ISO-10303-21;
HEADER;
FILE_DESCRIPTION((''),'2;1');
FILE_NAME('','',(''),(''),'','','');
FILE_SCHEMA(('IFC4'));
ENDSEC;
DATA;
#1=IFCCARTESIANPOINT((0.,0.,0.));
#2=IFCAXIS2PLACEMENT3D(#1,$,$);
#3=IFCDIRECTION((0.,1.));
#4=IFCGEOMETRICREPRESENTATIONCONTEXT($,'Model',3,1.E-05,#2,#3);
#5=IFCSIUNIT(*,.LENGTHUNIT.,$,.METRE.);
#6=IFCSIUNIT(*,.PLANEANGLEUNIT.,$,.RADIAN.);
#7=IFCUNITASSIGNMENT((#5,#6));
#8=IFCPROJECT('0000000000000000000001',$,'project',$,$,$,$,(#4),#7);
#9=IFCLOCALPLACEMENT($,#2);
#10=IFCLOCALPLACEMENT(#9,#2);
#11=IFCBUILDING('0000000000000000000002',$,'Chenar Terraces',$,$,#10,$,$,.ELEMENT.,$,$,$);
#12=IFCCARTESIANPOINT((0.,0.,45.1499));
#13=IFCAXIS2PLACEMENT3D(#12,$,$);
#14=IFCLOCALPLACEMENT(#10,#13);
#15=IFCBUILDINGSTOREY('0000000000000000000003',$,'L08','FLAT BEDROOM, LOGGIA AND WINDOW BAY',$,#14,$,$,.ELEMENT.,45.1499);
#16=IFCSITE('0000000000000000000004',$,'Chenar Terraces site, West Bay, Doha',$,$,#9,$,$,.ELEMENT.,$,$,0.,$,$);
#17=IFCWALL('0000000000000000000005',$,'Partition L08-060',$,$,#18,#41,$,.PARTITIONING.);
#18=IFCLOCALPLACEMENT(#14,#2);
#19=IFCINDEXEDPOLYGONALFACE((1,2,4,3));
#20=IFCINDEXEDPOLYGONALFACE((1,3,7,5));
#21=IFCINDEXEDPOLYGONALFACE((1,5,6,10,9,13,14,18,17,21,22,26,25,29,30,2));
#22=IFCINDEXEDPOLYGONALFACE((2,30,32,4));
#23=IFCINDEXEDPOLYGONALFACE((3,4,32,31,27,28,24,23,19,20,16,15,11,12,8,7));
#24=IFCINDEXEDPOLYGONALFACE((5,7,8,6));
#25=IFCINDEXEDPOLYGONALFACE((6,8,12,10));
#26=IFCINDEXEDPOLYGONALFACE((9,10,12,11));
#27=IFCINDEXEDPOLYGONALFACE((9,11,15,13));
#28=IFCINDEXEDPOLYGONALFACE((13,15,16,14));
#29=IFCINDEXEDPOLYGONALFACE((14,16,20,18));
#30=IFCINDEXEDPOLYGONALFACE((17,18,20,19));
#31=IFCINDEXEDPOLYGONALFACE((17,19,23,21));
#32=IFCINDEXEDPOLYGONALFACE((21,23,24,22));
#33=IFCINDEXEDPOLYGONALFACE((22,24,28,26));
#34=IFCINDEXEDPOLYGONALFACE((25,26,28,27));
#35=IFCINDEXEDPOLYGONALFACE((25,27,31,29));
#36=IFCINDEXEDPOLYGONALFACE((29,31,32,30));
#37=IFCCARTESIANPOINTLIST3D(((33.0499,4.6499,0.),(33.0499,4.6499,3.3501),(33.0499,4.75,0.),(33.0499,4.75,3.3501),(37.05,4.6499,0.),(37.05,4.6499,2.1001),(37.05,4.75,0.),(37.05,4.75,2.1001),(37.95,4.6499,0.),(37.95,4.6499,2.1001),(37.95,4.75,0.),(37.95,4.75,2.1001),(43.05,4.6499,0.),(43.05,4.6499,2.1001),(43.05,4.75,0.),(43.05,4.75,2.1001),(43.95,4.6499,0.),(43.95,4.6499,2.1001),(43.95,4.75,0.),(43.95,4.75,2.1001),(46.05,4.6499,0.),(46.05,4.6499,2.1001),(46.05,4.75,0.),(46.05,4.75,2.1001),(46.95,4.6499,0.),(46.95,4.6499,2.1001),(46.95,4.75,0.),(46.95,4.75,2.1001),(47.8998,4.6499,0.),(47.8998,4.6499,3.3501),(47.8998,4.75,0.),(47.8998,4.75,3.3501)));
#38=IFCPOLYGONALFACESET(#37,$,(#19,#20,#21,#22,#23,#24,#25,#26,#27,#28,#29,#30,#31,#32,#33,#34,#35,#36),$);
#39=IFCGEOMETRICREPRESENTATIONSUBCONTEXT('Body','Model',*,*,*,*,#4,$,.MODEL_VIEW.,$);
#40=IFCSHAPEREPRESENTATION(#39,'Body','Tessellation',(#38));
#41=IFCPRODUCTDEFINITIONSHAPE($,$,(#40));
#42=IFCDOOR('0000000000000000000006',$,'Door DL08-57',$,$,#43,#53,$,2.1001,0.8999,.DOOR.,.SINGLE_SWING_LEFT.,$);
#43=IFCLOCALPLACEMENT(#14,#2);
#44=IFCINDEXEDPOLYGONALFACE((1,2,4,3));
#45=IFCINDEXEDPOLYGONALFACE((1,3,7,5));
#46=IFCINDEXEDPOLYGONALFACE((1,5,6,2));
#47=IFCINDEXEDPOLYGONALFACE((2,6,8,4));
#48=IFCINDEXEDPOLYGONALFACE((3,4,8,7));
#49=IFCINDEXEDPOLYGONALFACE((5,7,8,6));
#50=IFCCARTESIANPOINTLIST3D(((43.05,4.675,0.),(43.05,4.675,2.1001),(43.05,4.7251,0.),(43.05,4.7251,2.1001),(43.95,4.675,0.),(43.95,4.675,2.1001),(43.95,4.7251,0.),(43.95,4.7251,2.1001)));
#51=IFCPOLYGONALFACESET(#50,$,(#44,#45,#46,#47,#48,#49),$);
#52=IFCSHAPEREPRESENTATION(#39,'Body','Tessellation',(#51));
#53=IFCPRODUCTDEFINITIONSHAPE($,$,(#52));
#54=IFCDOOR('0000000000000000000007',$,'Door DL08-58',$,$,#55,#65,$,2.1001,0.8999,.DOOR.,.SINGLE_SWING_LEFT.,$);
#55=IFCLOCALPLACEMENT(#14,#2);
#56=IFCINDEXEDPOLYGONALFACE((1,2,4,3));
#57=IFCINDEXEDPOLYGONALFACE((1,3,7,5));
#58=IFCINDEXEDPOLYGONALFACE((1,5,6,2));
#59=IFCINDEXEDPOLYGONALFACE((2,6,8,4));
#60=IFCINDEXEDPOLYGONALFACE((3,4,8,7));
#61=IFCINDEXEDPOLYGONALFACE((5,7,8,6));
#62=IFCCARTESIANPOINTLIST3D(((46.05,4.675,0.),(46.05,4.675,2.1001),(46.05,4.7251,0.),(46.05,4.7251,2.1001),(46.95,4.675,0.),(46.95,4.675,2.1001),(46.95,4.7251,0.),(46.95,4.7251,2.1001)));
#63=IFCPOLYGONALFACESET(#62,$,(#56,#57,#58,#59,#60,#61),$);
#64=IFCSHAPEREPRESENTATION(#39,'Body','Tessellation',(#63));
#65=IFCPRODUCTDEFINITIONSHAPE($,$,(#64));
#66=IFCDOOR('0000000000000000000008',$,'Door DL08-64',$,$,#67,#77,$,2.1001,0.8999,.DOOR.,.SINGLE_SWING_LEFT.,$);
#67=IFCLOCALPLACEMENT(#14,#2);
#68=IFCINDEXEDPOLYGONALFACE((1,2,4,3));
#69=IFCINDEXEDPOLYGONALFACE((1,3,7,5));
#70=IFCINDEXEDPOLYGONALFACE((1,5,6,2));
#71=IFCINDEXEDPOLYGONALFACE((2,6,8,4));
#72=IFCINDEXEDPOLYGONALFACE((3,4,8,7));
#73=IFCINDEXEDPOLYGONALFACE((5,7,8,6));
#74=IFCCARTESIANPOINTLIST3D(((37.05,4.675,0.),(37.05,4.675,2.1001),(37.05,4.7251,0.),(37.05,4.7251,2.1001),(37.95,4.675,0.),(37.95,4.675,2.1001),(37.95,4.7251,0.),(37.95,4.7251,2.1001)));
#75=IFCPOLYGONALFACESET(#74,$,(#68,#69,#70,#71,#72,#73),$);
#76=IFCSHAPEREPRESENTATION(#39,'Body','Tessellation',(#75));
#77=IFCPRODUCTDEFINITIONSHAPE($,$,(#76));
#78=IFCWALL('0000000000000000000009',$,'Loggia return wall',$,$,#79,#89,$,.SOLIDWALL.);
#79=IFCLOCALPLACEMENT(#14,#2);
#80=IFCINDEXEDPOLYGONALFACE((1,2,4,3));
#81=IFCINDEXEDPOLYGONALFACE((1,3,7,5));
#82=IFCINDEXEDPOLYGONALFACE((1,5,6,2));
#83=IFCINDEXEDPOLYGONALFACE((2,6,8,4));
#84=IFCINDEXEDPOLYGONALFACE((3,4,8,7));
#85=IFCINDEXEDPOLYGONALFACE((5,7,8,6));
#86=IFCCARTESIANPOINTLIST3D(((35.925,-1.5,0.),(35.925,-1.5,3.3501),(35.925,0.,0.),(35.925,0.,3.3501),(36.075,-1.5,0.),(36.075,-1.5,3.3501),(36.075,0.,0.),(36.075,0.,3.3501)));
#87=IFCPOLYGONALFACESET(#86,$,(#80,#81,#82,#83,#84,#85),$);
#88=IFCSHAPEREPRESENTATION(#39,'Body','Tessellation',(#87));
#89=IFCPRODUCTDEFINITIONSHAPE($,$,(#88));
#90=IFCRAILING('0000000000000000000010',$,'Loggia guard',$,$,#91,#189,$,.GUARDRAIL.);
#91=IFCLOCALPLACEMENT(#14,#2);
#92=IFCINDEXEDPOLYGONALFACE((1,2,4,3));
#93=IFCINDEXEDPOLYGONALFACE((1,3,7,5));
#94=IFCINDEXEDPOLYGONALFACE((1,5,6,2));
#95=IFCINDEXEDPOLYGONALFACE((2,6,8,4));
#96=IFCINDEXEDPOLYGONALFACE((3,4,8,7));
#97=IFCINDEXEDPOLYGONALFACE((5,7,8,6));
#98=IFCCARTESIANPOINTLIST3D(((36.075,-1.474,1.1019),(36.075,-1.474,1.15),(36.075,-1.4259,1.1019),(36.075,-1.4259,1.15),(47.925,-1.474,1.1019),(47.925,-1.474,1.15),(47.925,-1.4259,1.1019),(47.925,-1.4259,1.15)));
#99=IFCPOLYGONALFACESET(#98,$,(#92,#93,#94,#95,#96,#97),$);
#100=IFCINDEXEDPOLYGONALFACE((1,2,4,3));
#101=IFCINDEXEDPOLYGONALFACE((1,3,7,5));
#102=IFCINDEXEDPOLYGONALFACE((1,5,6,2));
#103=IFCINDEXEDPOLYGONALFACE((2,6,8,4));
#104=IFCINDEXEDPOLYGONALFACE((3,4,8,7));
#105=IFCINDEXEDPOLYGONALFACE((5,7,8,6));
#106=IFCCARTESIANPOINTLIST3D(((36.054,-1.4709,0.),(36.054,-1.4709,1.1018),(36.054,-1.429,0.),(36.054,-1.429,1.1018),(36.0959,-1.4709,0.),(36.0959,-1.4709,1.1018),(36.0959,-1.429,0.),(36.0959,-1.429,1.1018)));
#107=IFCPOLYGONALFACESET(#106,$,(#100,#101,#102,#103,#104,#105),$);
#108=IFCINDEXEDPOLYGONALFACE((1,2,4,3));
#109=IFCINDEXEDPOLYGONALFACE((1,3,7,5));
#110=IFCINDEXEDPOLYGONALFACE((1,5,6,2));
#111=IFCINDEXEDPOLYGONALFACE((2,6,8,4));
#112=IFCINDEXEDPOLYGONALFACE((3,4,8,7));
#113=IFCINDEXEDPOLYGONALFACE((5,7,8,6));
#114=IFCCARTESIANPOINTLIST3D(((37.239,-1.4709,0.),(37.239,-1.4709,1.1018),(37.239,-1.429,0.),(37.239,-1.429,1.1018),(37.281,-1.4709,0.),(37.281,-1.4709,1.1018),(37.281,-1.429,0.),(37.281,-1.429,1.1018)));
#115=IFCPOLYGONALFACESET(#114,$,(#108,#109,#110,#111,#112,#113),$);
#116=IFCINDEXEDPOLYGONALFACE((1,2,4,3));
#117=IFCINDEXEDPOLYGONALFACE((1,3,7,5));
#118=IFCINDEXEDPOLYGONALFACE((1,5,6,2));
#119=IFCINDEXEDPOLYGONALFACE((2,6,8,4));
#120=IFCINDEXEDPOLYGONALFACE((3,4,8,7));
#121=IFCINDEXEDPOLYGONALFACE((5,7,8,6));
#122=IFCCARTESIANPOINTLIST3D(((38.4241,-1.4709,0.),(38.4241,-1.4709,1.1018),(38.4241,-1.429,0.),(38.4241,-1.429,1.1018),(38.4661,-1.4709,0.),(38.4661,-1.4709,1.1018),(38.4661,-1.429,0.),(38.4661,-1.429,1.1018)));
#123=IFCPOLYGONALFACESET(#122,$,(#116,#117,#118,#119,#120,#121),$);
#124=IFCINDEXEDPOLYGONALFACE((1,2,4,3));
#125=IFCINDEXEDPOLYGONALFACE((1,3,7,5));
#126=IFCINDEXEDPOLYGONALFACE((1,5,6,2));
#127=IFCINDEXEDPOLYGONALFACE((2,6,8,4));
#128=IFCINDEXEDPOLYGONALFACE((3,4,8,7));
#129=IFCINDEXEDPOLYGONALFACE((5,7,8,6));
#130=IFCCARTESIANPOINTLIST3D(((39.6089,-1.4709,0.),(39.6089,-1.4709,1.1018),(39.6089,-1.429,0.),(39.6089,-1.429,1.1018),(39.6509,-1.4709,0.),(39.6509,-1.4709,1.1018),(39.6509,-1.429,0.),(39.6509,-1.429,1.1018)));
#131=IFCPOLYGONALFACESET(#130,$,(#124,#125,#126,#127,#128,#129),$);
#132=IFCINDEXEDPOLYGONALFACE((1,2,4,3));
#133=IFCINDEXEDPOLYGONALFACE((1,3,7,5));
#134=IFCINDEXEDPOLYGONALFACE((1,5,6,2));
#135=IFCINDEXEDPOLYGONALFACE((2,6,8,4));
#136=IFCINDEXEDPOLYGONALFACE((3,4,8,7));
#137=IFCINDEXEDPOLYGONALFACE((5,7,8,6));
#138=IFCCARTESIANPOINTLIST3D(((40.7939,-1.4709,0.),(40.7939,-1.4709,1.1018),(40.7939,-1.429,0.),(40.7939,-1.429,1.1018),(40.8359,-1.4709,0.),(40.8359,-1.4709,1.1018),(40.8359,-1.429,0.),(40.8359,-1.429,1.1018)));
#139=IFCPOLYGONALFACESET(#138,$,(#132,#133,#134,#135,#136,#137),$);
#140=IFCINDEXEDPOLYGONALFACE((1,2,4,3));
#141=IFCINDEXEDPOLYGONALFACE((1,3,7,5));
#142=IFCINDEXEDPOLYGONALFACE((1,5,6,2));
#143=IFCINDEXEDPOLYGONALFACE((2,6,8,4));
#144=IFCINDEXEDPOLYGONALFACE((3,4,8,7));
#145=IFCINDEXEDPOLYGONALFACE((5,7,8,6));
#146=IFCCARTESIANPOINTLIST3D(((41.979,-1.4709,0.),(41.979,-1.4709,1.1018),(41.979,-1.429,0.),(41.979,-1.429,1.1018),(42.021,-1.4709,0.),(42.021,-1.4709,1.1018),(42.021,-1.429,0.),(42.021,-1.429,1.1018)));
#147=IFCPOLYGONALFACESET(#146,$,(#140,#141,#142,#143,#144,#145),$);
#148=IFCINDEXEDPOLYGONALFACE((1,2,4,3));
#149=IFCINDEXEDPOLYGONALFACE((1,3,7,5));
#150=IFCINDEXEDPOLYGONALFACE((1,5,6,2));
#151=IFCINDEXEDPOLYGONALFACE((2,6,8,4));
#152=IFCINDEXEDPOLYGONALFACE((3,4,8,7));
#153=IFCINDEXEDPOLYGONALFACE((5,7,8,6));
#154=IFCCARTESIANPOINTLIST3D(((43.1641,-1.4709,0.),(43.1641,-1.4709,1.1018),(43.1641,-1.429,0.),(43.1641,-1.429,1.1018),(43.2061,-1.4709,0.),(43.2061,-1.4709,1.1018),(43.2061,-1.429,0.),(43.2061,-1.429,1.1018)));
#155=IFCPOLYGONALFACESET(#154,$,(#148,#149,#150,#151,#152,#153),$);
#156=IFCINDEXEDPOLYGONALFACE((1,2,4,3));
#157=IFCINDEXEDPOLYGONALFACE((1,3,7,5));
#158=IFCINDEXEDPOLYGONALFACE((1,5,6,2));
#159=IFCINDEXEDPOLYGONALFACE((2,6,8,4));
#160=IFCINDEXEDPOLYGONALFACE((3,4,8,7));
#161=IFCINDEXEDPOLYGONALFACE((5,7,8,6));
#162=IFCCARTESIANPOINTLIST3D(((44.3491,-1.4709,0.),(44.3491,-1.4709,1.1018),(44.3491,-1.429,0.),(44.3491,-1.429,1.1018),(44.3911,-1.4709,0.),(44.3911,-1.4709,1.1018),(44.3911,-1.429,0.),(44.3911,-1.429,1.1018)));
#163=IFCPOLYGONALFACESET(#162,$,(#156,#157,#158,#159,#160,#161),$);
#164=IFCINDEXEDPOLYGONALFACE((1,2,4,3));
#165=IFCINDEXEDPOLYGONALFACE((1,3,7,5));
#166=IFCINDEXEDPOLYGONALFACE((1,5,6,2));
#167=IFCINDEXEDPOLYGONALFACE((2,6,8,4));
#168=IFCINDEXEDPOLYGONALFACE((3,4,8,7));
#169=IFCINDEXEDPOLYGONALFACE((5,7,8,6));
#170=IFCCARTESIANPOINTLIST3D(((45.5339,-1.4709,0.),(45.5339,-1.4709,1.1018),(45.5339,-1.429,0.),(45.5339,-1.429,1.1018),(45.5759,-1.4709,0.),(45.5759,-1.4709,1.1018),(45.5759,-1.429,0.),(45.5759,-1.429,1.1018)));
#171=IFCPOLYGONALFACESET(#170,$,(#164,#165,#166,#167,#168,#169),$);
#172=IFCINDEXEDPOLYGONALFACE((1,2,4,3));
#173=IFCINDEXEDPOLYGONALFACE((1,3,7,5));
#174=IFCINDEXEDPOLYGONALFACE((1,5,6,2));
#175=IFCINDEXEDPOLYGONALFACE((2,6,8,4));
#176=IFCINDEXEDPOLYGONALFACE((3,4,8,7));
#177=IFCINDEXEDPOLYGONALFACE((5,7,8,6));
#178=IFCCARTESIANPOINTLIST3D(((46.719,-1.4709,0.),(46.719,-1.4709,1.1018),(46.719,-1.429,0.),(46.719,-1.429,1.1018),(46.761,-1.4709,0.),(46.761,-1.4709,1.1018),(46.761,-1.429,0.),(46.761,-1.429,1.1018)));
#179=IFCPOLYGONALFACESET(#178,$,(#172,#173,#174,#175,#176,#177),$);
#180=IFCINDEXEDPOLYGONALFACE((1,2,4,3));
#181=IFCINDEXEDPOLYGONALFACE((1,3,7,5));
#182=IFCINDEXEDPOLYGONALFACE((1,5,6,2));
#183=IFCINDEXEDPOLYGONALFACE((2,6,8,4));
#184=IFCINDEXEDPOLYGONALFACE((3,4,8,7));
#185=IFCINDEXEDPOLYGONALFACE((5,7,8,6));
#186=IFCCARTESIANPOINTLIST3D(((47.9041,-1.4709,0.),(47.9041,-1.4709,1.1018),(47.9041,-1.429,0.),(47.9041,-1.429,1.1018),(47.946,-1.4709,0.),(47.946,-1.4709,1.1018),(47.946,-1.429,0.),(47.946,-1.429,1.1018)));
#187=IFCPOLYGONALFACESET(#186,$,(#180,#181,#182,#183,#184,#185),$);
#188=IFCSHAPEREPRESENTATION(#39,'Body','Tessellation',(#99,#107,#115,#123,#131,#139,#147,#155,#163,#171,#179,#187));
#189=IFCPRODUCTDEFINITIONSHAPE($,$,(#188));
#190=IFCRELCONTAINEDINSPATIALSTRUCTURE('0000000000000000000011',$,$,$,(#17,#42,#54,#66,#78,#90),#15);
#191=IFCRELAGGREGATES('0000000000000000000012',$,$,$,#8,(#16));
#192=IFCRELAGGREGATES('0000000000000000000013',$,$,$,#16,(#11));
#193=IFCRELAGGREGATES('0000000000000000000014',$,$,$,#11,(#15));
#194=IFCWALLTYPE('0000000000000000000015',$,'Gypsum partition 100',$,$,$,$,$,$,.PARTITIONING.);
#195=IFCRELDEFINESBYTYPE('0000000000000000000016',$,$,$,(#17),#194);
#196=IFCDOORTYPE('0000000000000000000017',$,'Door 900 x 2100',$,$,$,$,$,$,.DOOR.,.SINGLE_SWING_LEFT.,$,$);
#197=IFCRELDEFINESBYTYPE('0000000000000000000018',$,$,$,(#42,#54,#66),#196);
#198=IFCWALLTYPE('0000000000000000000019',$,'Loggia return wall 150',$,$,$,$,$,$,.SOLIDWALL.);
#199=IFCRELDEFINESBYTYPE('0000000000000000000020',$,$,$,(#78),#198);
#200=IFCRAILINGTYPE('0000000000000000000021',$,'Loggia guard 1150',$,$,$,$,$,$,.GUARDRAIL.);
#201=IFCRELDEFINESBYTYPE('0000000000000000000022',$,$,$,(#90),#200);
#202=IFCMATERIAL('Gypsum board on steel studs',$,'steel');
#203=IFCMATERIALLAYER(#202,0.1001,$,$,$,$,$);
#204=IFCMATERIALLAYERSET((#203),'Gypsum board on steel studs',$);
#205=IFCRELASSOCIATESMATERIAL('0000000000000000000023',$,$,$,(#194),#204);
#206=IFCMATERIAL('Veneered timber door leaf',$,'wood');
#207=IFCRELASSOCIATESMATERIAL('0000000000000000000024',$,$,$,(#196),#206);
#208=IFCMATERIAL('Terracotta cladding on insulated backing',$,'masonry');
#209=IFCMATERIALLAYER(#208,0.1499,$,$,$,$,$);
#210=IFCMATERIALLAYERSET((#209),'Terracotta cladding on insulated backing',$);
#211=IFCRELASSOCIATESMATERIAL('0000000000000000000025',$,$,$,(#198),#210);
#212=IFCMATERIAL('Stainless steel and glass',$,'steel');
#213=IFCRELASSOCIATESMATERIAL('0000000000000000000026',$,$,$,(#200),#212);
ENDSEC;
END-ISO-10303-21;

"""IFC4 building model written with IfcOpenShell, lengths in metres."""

from ifc_helpers import new_model, si_unit, direction, frame, frame_2d, origin, origin_2d, place, context, subcontext, project, spatial, rectangle, extrude, material, layer, layer_set, type_object, element, fill, save


model = new_model("IFC4")

# Units and contexts
model_context = context("Model", 3, precision=1e-05, world=origin(), true_north=direction((0.0, 1.0)))
body_context = subcontext(model_context, "Body", "Model", "MODEL_VIEW")
ifc_project = project(units=[si_unit("LENGTHUNIT", "METRE"), si_unit("PLANEANGLEUNIT", "RADIAN")], contexts=[model_context])

# Site, building, storey
site_placement = place(None, origin())
site = spatial("IfcSite", under=ifc_project, at=site_placement, Name="Chenar Terraces site, West Bay, Doha", CompositionType="ELEMENT", RefElevation=0.0)
building_placement = place(site_placement, origin())
building = spatial("IfcBuilding", under=site, at=building_placement, Name="Chenar Terraces", CompositionType="ELEMENT")
storey_placement = place(building_placement, frame((0.0, 0.0, 45.1499)))
storey = spatial("IfcBuildingStorey", under=building, at=storey_placement, Name="L08", Description="FLAT BEDROOM, LOGGIA AND WINDOW BAY", CompositionType="ELEMENT", Elevation=45.1499)

# Shared definitions
ifc_material_1 = material(Name="Gypsum board on steel studs", Category="steel")
ifc_layer_1 = layer(ifc_material_1, 0.1001)
ifc_layer_set_1 = layer_set([ifc_layer_1], Name="Gypsum board on steel studs")
wall_type_1 = type_object("IfcWallType", Name="Gypsum partition 100", PredefinedType="PARTITIONING", material=ifc_layer_set_1)

# Shared definitions
ifc_material_2 = material(Name="Veneered timber door leaf", Category="wood")
door_type_1 = type_object("IfcDoorType", Name="Door 900 x 2100", OperationType="SINGLE_SWING_LEFT", PredefinedType="DOOR", material=ifc_material_2)

# Wall, openings, doors
wall_1_placement = place(storey_placement, frame((33.05, 4.7, 0.0), z_axis=(0.0, 0.0, 1.0), x_axis=(1.0, 0.0, 0.0)))
wall_1 = element("IfcWall", 1, at=wall_1_placement, inside=storey, type_object=wall_type_1, Name="Partition L08-060", PredefinedType="PARTITIONING", context=body_context, shape_type="SweptSolid", body=[
    extrude(rectangle(XDim=14.8499, YDim=0.1001, at=frame_2d((7.4248, 0.0))), origin(), (0.0, 0.0, 1.0), 3.3501),
])
opening_1_placement = place(wall_1_placement, frame((10.0, 0.0, 0.0)))
opening_1 = element("IfcOpeningElement", 2, at=opening_1_placement, cuts=wall_1, PredefinedType="OPENING", context=body_context, shape_type="SweptSolid", body=[
    extrude(rectangle(XDim=0.8999, YDim=2.1001, at=frame_2d((0.45, 1.05))), frame((0.0, 0.0601, 0.0), z_axis=(0.0, -1.0, 0.0), x_axis=(1.0, 0.0, 0.0)), (0.0, 0.0, 1.0), 0.1201),
])
opening_2_placement = place(wall_1_placement, frame((13.0, 0.0, 0.0)))
opening_2 = element("IfcOpeningElement", 3, at=opening_2_placement, cuts=wall_1, PredefinedType="OPENING", context=body_context, shape_type="SweptSolid", body=[
    extrude(rectangle(XDim=0.8999, YDim=2.1001, at=frame_2d((0.45, 1.05))), frame((0.0, 0.0601, 0.0), z_axis=(0.0, -1.0, 0.0), x_axis=(1.0, 0.0, 0.0)), (0.0, 0.0, 1.0), 0.1201),
])
opening_3_placement = place(wall_1_placement, frame((4.0, 0.0, 0.0)))
opening_3 = element("IfcOpeningElement", 4, at=opening_3_placement, cuts=wall_1, PredefinedType="OPENING", context=body_context, shape_type="SweptSolid", body=[
    extrude(rectangle(XDim=0.8999, YDim=2.1001, at=frame_2d((0.45, 1.05))), frame((0.0, 0.0601, 0.0), z_axis=(0.0, -1.0, 0.0), x_axis=(1.0, 0.0, 0.0)), (0.0, 0.0, 1.0), 0.1201),
])
door_1_placement = place(opening_1_placement, frame((0.8999, 0.0, 0.0), z_axis=(0.0, 0.0, 1.0), x_axis=(-1.0, 0.0, 0.0)))
door_1 = element("IfcDoor", 5, at=door_1_placement, inside=storey, type_object=door_type_1, Name="Door DL08-57", OperationType="SINGLE_SWING_LEFT", OverallHeight=2.1001, OverallWidth=0.8999, PredefinedType="DOOR", context=body_context, shape_type="SweptSolid", body=[
    extrude(rectangle(XDim=0.8999, YDim=2.1001, at=frame_2d((0.45, 1.05))), frame((0.0, 0.0249, 0.0), z_axis=(0.0, -1.0, 0.0), x_axis=(1.0, 0.0, 0.0)), (0.0, 0.0, 1.0), 0.05),
])
fill(opening_1, door_1)
door_2_placement = place(opening_2_placement, frame((0.8999, 0.0, 0.0), z_axis=(0.0, 0.0, 1.0), x_axis=(-1.0, 0.0, 0.0)))
door_2 = element("IfcDoor", 6, at=door_2_placement, inside=storey, type_object=door_type_1, Name="Door DL08-58", OperationType="SINGLE_SWING_LEFT", OverallHeight=2.1001, OverallWidth=0.8999, PredefinedType="DOOR", context=body_context, shape_type="SweptSolid", body=[
    extrude(rectangle(XDim=0.8999, YDim=2.1001, at=frame_2d((0.45, 1.05))), frame((0.0, 0.0249, 0.0), z_axis=(0.0, -1.0, 0.0), x_axis=(1.0, 0.0, 0.0)), (0.0, 0.0, 1.0), 0.05),
])
fill(opening_2, door_2)
door_3_placement = place(opening_3_placement, frame((0.8999, 0.0, 0.0), z_axis=(0.0, 0.0, 1.0), x_axis=(-1.0, 0.0, 0.0)))
door_3 = element("IfcDoor", 7, at=door_3_placement, inside=storey, type_object=door_type_1, Name="Door DL08-64", OperationType="SINGLE_SWING_LEFT", OverallHeight=2.1001, OverallWidth=0.8999, PredefinedType="DOOR", context=body_context, shape_type="SweptSolid", body=[
    extrude(rectangle(XDim=0.8999, YDim=2.1001, at=frame_2d((0.45, 1.05))), frame((0.0, 0.0249, 0.0), z_axis=(0.0, -1.0, 0.0), x_axis=(1.0, 0.0, 0.0)), (0.0, 0.0, 1.0), 0.05),
])
fill(opening_3, door_3)

# Wall
ifc_material_3 = material(Name="Terracotta cladding on insulated backing", Category="masonry")
ifc_layer_2 = layer(ifc_material_3, 0.1499)
ifc_layer_set_2 = layer_set([ifc_layer_2], Name="Terracotta cladding on insulated backing")
wall_type_2 = type_object("IfcWallType", Name="Loggia return wall 150", PredefinedType="SOLIDWALL", material=ifc_layer_set_2)
wall_2_placement = place(storey_placement, frame((36.0, -1.5, 0.0), z_axis=(0.0, 0.0, 1.0), x_axis=(0.0, 1.0, 0.0)))
element("IfcWall", 8, at=wall_2_placement, inside=storey, type_object=wall_type_2, Name="Loggia return wall", PredefinedType="SOLIDWALL", context=body_context, shape_type="SweptSolid", body=[
    extrude(rectangle(XDim=1.5, YDim=0.1499, at=frame_2d((0.75, 0.0))), origin(), (0.0, 0.0, 1.0), 3.3501),
])

# Railing
ifc_material_4 = material(Name="Stainless steel and glass", Category="steel")
railing_type = type_object("IfcRailingType", Name="Loggia guard 1150", PredefinedType="GUARDRAIL", material=ifc_material_4)
railing_placement = place(storey_placement, frame((36.075, -1.45, 0.0)))
element("IfcRailing", 9, at=railing_placement, inside=storey, type_object=railing_type, Name="Loggia guard", PredefinedType="GUARDRAIL", context=body_context, shape_type="SweptSolid", body=[
    extrude(rectangle(XDim=0.0481, YDim=0.0481, at=origin_2d()), frame((0.0, 0.0, 1.126), z_axis=(1.0, 0.0, 0.0), x_axis=(0.0, 1.0, 0.0)), (0.0, 0.0, 1.0), 11.8501),
    extrude(rectangle(XDim=0.042, YDim=0.042, at=origin_2d()), origin(), (0.0, 0.0, 1.0), 1.1018),
    extrude(rectangle(XDim=0.042, YDim=0.042, at=origin_2d()), frame((1.1851, 0.0, 0.0)), (0.0, 0.0, 1.0), 1.1018),
    extrude(rectangle(XDim=0.042, YDim=0.042, at=origin_2d()), frame((2.3701, 0.0, 0.0)), (0.0, 0.0, 1.0), 1.1018),
    extrude(rectangle(XDim=0.042, YDim=0.042, at=origin_2d()), frame((3.5549, 0.0, 0.0)), (0.0, 0.0, 1.0), 1.1018),
    extrude(rectangle(XDim=0.042, YDim=0.042, at=origin_2d()), frame((4.74, 0.0, 0.0)), (0.0, 0.0, 1.0), 1.1018),
    extrude(rectangle(XDim=0.042, YDim=0.042, at=origin_2d()), frame((5.925, 0.0, 0.0)), (0.0, 0.0, 1.0), 1.1018),
    extrude(rectangle(XDim=0.042, YDim=0.042, at=origin_2d()), frame((7.1101, 0.0, 0.0)), (0.0, 0.0, 1.0), 1.1018),
    extrude(rectangle(XDim=0.042, YDim=0.042, at=origin_2d()), frame((8.2952, 0.0, 0.0)), (0.0, 0.0, 1.0), 1.1018),
    extrude(rectangle(XDim=0.042, YDim=0.042, at=origin_2d()), frame((9.48, 0.0, 0.0)), (0.0, 0.0, 1.0), 1.1018),
    extrude(rectangle(XDim=0.042, YDim=0.042, at=origin_2d()), frame((10.665, 0.0, 0.0)), (0.0, 0.0, 1.0), 1.1018),
    extrude(rectangle(XDim=0.042, YDim=0.042, at=origin_2d()), frame((11.8501, 0.0, 0.0)), (0.0, 0.0, 1.0), 1.1018),
])

save(model, "model.ifc")
